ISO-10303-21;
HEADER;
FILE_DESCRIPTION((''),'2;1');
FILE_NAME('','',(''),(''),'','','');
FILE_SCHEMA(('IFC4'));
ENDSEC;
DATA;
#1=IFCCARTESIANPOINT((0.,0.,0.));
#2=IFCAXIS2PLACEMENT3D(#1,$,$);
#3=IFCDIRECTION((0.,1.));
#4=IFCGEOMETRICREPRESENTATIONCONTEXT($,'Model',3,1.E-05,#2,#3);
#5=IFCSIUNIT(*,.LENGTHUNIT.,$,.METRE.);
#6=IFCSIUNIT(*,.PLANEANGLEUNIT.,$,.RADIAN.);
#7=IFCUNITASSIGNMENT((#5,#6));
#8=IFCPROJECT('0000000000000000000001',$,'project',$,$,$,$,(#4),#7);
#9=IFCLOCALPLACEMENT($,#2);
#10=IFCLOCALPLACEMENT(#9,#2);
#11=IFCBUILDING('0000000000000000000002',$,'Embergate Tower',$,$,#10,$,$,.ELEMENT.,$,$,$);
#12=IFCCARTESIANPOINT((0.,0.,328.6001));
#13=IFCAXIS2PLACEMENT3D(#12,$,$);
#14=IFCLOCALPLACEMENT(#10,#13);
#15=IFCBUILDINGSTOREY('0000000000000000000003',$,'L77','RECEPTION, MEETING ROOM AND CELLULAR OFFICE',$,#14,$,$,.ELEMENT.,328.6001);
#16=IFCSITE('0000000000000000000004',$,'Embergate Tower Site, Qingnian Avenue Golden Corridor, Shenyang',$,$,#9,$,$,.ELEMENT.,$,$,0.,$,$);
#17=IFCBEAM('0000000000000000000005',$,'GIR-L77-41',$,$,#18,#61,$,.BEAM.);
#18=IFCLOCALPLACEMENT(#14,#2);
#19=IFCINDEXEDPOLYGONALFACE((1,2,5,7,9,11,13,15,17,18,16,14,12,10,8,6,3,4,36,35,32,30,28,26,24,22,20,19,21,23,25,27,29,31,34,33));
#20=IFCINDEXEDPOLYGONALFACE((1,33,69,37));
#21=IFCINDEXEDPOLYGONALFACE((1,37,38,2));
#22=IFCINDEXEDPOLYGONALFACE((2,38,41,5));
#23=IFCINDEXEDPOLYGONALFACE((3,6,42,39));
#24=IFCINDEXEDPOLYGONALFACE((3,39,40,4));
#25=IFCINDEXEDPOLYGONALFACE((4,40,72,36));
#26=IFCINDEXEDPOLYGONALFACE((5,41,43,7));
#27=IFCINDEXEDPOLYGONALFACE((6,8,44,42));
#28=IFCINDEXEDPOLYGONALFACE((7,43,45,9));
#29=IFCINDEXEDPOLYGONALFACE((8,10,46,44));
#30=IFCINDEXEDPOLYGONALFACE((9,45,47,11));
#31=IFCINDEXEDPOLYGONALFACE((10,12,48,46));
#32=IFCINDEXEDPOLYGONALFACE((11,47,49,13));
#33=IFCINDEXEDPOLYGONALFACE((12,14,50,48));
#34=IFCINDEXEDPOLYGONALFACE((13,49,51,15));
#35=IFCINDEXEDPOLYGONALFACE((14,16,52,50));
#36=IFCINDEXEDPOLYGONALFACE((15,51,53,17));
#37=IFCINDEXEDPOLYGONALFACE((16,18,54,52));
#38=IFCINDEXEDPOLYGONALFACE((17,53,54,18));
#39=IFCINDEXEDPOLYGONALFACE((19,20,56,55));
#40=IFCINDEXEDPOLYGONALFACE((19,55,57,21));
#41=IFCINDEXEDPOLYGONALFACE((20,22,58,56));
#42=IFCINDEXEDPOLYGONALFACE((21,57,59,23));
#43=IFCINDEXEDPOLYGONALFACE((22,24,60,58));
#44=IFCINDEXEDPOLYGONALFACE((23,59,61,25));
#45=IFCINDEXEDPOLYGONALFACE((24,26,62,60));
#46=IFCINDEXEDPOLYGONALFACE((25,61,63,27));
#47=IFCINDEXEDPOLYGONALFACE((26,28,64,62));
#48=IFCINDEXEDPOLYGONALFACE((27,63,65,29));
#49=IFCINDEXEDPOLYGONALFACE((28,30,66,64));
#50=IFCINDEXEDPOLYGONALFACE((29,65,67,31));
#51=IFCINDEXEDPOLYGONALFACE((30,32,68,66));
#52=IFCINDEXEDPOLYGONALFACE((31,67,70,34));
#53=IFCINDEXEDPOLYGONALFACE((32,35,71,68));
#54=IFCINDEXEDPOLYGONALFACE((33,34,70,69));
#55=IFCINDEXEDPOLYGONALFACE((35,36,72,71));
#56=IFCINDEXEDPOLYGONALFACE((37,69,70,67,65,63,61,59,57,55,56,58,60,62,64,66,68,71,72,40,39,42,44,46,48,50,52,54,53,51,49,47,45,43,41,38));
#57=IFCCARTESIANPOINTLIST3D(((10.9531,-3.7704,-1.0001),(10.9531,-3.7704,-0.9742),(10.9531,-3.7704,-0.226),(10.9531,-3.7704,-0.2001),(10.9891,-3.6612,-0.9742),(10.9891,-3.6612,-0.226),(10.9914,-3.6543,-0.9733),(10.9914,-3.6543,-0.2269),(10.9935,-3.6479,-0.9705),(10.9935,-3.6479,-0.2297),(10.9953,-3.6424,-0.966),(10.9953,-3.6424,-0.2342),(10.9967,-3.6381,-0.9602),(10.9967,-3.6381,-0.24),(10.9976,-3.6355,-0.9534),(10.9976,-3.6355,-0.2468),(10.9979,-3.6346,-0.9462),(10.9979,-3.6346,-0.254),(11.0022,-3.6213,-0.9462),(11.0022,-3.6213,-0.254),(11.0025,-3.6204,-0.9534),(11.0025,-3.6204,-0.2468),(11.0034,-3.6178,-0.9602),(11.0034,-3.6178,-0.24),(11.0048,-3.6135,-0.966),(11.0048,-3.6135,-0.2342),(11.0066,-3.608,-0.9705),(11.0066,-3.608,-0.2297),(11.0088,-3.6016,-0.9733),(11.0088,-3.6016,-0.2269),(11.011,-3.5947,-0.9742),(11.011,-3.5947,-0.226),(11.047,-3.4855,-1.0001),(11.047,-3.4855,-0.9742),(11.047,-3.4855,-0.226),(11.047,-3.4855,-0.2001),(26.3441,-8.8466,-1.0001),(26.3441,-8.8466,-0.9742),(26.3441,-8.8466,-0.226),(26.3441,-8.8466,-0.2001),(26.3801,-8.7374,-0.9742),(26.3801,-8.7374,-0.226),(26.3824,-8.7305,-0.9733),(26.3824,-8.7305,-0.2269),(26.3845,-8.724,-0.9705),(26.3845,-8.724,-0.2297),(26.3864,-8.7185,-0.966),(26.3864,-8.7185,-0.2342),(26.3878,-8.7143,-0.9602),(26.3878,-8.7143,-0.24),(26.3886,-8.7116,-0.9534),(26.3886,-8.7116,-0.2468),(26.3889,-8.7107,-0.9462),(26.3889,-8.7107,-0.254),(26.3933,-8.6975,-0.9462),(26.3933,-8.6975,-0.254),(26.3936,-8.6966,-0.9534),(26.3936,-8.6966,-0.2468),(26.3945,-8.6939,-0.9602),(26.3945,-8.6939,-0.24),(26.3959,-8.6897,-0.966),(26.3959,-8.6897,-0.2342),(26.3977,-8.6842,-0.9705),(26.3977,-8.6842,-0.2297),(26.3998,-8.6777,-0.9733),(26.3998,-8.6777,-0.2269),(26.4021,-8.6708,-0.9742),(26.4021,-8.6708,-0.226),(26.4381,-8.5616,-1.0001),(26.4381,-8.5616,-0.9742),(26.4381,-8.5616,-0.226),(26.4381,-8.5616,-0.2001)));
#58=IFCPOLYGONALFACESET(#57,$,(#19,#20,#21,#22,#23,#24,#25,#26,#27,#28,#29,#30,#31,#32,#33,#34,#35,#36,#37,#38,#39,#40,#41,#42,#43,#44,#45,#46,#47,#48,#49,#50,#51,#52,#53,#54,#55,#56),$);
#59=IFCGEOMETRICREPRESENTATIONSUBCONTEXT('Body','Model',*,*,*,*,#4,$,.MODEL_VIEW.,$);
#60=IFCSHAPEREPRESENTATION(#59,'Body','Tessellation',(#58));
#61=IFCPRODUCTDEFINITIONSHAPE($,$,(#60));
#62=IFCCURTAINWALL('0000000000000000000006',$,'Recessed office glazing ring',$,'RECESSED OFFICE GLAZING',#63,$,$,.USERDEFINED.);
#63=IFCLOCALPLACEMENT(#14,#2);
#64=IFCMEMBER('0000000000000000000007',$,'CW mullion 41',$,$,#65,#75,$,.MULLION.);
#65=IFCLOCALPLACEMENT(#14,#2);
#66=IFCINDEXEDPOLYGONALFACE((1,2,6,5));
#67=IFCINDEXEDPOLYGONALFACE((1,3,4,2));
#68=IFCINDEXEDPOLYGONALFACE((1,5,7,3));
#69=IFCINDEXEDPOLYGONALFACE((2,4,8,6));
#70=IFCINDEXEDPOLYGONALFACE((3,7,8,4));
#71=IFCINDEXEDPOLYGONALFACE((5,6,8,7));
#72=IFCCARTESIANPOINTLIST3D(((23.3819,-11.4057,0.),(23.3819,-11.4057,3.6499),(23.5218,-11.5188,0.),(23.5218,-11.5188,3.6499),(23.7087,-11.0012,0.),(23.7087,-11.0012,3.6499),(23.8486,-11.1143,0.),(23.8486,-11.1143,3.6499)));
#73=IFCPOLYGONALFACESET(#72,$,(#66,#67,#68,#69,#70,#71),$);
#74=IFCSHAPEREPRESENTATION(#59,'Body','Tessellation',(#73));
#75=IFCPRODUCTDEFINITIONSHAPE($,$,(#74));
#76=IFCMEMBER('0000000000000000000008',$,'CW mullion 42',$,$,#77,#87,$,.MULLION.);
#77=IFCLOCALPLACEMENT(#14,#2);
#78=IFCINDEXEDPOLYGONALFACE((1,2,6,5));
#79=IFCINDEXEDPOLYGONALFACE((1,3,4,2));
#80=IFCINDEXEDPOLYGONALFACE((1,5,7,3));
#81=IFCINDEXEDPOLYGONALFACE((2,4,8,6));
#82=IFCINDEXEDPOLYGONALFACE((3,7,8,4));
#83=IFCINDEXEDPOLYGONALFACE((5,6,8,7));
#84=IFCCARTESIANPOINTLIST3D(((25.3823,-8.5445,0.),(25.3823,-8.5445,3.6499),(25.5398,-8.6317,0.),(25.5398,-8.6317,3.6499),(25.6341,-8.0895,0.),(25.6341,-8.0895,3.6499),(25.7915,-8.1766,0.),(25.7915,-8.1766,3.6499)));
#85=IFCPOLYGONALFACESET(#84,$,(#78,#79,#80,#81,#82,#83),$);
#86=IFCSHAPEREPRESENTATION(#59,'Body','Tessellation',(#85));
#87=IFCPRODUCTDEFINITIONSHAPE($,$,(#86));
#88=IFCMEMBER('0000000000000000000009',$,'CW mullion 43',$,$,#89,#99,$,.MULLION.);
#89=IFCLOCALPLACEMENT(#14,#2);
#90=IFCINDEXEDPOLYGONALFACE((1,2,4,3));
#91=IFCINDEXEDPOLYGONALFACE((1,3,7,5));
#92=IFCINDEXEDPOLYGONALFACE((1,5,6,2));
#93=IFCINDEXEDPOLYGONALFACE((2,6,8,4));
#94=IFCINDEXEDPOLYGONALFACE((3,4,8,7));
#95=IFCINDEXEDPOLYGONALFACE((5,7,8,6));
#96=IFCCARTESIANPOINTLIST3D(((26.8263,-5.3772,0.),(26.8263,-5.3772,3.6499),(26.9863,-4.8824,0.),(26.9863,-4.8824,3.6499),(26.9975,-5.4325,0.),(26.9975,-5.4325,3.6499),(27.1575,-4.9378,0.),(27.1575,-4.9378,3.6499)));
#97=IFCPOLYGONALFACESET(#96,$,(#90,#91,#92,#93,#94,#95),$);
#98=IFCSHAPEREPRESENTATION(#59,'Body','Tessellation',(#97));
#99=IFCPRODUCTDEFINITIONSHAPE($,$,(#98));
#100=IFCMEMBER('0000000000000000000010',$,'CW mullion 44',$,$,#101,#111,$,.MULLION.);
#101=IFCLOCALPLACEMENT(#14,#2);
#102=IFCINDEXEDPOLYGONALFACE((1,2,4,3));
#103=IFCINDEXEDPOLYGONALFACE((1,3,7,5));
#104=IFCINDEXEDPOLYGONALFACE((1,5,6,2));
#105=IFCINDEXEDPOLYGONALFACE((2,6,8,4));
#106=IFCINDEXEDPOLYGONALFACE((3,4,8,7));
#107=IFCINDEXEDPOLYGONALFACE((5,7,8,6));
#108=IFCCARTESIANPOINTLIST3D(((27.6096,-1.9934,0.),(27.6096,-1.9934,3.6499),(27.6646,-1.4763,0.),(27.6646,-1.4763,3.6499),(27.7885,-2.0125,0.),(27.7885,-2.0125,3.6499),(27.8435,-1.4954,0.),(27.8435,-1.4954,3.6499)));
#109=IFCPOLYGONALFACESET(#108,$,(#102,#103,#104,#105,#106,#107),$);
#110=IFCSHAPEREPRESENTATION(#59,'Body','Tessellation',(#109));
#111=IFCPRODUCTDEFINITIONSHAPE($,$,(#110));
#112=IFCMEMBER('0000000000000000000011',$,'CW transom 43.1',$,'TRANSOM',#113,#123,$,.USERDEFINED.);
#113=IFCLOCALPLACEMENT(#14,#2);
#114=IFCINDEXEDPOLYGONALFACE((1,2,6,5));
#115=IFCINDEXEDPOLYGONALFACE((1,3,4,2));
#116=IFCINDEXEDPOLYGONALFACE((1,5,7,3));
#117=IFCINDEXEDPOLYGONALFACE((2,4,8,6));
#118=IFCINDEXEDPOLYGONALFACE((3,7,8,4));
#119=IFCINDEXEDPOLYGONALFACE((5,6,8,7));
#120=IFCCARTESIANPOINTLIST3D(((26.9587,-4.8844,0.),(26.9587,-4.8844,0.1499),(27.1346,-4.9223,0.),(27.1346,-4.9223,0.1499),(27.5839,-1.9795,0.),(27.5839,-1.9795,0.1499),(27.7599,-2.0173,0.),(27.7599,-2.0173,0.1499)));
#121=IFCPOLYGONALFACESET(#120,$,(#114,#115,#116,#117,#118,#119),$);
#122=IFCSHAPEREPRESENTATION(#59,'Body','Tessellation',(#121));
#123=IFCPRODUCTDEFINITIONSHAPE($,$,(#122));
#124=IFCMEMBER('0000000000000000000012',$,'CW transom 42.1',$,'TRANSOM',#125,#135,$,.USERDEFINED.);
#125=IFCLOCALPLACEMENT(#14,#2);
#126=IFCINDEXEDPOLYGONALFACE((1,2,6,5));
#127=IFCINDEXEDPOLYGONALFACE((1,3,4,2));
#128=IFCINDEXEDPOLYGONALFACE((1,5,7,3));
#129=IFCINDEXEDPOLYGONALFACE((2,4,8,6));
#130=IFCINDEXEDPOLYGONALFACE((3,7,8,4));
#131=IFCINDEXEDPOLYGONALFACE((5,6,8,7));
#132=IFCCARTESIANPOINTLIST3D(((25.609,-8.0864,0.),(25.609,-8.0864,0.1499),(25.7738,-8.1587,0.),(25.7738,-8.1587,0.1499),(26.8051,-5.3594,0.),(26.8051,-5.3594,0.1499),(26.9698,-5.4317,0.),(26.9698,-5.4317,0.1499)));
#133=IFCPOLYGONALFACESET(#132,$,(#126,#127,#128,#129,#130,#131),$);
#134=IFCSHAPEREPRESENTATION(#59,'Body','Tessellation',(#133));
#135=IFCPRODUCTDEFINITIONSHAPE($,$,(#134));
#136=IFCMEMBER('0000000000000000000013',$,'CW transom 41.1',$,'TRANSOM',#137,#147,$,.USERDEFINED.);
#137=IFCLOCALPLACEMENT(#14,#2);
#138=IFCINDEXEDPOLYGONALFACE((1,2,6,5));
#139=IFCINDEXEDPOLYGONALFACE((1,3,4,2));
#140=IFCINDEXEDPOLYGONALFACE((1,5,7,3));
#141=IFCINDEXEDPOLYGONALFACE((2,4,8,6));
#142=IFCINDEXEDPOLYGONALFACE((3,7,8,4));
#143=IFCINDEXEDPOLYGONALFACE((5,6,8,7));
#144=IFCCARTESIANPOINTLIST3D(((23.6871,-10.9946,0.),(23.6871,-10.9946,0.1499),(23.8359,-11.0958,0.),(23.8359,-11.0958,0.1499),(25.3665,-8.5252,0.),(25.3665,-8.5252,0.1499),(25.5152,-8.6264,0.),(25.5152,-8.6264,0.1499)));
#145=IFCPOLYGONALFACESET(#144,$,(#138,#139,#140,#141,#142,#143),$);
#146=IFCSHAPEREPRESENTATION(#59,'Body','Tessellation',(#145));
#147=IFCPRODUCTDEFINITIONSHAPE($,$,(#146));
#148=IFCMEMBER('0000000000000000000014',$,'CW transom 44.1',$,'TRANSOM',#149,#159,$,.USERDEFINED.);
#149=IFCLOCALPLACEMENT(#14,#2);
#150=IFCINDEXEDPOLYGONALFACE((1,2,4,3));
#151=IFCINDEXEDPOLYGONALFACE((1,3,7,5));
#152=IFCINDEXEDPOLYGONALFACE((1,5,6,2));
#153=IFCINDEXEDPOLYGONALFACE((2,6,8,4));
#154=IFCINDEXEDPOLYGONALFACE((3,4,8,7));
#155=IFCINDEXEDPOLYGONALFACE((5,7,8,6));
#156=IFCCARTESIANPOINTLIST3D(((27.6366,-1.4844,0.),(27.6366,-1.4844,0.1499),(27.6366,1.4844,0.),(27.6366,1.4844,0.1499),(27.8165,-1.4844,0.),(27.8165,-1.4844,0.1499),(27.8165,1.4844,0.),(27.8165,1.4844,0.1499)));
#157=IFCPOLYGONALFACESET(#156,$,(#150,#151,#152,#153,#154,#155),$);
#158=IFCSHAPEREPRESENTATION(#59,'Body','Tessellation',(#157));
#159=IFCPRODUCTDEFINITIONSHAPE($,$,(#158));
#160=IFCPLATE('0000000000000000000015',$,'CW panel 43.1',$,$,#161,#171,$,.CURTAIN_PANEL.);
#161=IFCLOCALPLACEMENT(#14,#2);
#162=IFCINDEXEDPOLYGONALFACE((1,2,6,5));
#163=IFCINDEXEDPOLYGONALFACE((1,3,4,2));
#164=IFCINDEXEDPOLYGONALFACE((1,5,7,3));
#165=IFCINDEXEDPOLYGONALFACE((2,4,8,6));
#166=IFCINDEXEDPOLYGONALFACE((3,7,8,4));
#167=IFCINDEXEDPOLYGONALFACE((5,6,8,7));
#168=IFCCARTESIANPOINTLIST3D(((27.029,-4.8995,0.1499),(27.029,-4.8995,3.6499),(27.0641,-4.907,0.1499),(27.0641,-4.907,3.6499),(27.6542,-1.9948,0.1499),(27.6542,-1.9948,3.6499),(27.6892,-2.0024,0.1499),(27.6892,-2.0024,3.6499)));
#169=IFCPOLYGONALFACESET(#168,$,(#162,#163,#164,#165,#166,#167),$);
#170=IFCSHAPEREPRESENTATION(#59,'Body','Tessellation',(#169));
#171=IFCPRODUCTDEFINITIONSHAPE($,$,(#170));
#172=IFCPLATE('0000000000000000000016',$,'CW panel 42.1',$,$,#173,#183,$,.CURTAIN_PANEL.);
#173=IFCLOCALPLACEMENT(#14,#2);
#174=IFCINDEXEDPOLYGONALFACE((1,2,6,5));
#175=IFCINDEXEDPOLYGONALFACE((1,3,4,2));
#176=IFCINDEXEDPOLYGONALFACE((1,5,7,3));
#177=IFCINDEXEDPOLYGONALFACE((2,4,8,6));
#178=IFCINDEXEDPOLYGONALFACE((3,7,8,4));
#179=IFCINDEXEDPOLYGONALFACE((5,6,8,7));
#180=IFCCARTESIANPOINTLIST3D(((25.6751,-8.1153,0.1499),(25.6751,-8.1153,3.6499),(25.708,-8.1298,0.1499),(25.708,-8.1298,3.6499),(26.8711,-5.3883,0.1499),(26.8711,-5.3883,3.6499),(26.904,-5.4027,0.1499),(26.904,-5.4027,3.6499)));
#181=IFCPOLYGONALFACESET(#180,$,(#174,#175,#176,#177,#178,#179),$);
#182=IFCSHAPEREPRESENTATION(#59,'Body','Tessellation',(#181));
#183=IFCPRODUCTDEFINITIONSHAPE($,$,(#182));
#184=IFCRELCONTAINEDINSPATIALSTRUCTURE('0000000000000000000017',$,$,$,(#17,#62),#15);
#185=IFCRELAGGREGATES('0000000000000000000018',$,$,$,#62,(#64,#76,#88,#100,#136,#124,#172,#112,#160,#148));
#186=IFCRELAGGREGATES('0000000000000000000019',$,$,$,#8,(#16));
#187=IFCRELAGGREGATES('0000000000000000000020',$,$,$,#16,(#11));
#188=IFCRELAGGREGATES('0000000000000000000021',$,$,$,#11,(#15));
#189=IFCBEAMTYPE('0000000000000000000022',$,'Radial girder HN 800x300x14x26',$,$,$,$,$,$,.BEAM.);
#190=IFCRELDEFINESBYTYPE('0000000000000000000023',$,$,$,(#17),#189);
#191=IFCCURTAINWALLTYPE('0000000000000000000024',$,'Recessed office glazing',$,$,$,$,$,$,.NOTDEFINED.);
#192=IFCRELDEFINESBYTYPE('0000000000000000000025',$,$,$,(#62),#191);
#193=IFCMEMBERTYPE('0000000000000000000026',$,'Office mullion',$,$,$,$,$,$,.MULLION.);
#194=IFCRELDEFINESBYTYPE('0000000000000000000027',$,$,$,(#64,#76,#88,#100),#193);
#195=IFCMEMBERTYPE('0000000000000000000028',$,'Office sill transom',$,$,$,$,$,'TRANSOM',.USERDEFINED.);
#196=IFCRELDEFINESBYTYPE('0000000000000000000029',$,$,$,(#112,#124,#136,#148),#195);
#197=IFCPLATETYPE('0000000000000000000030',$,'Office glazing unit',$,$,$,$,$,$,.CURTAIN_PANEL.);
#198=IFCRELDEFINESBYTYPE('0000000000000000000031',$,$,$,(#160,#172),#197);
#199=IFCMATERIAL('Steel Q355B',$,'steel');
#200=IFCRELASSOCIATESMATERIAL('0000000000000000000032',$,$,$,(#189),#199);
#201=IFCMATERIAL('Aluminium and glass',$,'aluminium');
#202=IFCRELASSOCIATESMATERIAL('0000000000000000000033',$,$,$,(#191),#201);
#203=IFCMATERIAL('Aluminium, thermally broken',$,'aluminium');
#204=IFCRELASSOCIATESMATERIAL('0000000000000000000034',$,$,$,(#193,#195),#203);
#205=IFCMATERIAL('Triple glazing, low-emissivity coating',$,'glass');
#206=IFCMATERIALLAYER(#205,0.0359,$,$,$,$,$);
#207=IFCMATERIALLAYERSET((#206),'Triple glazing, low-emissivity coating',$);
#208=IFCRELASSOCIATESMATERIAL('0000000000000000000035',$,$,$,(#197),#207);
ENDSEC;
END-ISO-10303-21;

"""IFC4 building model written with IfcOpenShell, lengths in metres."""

from ifc_helpers import new_model, si_unit, direction, frame, origin, origin_2d, place, context, subcontext, project, spatial, rectangle, i_section, extrude, source, transform, mapped, material, layer, layer_set, material_profile, profile_set, type_object, element, aggregate, save


model = new_model("IFC4")

# Units and contexts
model_context = context("Model", 3, precision=1e-05, world=origin(), true_north=direction((0.0, 1.0)))
body_context = subcontext(model_context, "Body", "Model", "MODEL_VIEW")
ifc_project = project(units=[si_unit("LENGTHUNIT", "METRE"), si_unit("PLANEANGLEUNIT", "RADIAN")], contexts=[model_context])

# Site, building, storey
site_placement = place(None, origin())
site = spatial("IfcSite", under=ifc_project, at=site_placement, Name="Embergate Tower Site, Qingnian Avenue Golden Corridor, Shenyang", CompositionType="ELEMENT", RefElevation=0.0)
building_placement = place(site_placement, origin())
building = spatial("IfcBuilding", under=site, at=building_placement, Name="Embergate Tower", CompositionType="ELEMENT")
storey_placement = place(building_placement, frame((0.0, 0.0, 328.6001)))
storey = spatial("IfcBuildingStorey", under=building, at=storey_placement, Name="L77", Description="RECEPTION, MEETING ROOM AND CELLULAR OFFICE", CompositionType="ELEMENT", Elevation=328.6001)

# Beam
ifc_material_1 = material(Name="Steel Q355B", Category="steel")
ifc_material_profile_1 = material_profile(ifc_material_1, i_section(OverallWidth=0.3, OverallDepth=0.8, WebThickness=0.0139, FlangeThickness=0.0259, FilletRadius=0.0281, at=origin_2d()), Name="HN 800x300x14x26")
ifc_profile_set_1 = profile_set([ifc_material_profile_1], Name="Steel Q355 grade B")
beam_type_1 = type_object("IfcBeamType", Name="Radial girder HN 800x300x14x26", PredefinedType="BEAM", material=ifc_profile_set_1)
shared_shape_1 = source(origin(), body_context, "Body", "SweptSolid", [
    extrude(i_section(OverallWidth=0.3, OverallDepth=0.8, WebThickness=0.0139, FlangeThickness=0.0259, FilletRadius=0.0281, at=origin_2d()), origin(), (0.0, 0.0, 1.0), 16.2065),
])
beam_1_placement = place(storey_placement, frame((26.3911, -8.7041, -0.6001), z_axis=(-0.949682, 0.313216, 0.0), x_axis=(-0.313216, -0.949682, 0.0)))
element("IfcBeam", 1, at=beam_1_placement, inside=storey, type_object=beam_type_1, Name="GIR-L77-41", PredefinedType="BEAM", context=body_context, shape_type="MappedRepresentation", body=[
    mapped(shared_shape_1, transform((0.0, 0.0, 0.0))),
])

# Curtain wall, members, plates
ifc_material_2 = material(Name="Aluminium and glass", Category="aluminium")
curtain_wall_type = type_object("IfcCurtainWallType", Name="Recessed office glazing", PredefinedType="NOTDEFINED", material=ifc_material_2)
curtain_wall_placement = place(storey_placement, origin())
curtain_wall = element("IfcCurtainWall", 2, at=curtain_wall_placement, inside=storey, type_object=curtain_wall_type, Name="Recessed office glazing ring", ObjectType="RECESSED OFFICE GLAZING", PredefinedType="USERDEFINED")
ifc_material_3 = material(Name="Aluminium, thermally broken", Category="aluminium")
ifc_material_profile_2 = material_profile(ifc_material_3, rectangle(XDim=0.1799, YDim=0.52, at=origin_2d()), Name="AL 520x180")
ifc_profile_set_2 = profile_set([ifc_material_profile_2], Name="Aluminium, thermally broken")
member_type_1 = type_object("IfcMemberType", Name="Office mullion", PredefinedType="MULLION", material=ifc_profile_set_2)
shared_shape_2 = source(origin(), body_context, "Body", "SweptSolid", [
    extrude(rectangle(XDim=0.1799, YDim=0.52, at=origin_2d()), origin(), (0.0, 0.0, 1.0), 3.6499),
])
member_1_placement = place(storey_placement, frame((23.6152, -11.26, 0.0), z_axis=(0.0, 0.0, 1.0), x_axis=(-0.777856, 0.628442, 0.0)))
member_1 = element("IfcMember", 3, at=member_1_placement, type_object=member_type_1, Name="CW mullion 41", PredefinedType="MULLION", context=body_context, shape_type="MappedRepresentation", body=[
    mapped(shared_shape_2, transform((0.0, 0.0, 0.0))),
])
member_2_placement = place(storey_placement, frame((25.5869, -8.3606, 0.0), z_axis=(0.0, 0.0, 1.0), x_axis=(-0.874988, 0.484145, 0.0)))
member_2 = element("IfcMember", 4, at=member_2_placement, type_object=member_type_1, Name="CW mullion 42", PredefinedType="MULLION", context=body_context, shape_type="MappedRepresentation", body=[
    mapped(shared_shape_2, transform((0.0, 0.0, 0.0))),
])
member_3_placement = place(storey_placement, frame((26.9919, -5.1575, 0.0), z_axis=(0.0, 0.0, 1.0), x_axis=(-0.95149, 0.30768, 0.0)))
member_3 = element("IfcMember", 5, at=member_3_placement, type_object=member_type_1, Name="CW mullion 43", PredefinedType="MULLION", context=body_context, shape_type="MappedRepresentation", body=[
    mapped(shared_shape_2, transform((0.0, 0.0, 0.0))),
])
member_4_placement = place(storey_placement, frame((27.7266, -1.7444, 0.0), z_axis=(0.0, 0.0, 1.0), x_axis=(-0.994384, 0.105834, 0.0)))
member_4 = element("IfcMember", 6, at=member_4_placement, type_object=member_type_1, Name="CW mullion 44", PredefinedType="MULLION", context=body_context, shape_type="MappedRepresentation", body=[
    mapped(shared_shape_2, transform((0.0, 0.0, 0.0))),
])
ifc_material_profile_3 = material_profile(ifc_material_3, rectangle(XDim=0.1799, YDim=0.1499, at=origin_2d()), Name="AL 150x180")
ifc_profile_set_3 = profile_set([ifc_material_profile_3], Name="Aluminium, thermally broken")
member_type_2 = type_object("IfcMemberType", Name="Office sill transom", ElementType="TRANSOM", PredefinedType="USERDEFINED", material=ifc_profile_set_3)
shared_shape_3 = source(origin(), body_context, "Body", "SweptSolid", [
    extrude(rectangle(XDim=0.1799, YDim=0.1499, at=origin_2d()), origin(), (0.0, 0.0, 1.0), 2.9714),
])
member_5_placement = place(storey_placement, frame((27.0466, -4.9033, 0.075), z_axis=(0.210427, 0.97761, 0.0), x_axis=(-0.97761, 0.210427, 0.0)))
member_5 = element("IfcMember", 7, at=member_5_placement, type_object=member_type_2, Name="CW transom 43.1", ObjectType="TRANSOM", PredefinedType="USERDEFINED", context=body_context, shape_type="MappedRepresentation", body=[
    mapped(shared_shape_3, transform((0.0, 0.0, 0.0))),
])
shared_shape_4 = source(origin(), body_context, "Body", "SweptSolid", [
    extrude(rectangle(XDim=0.1799, YDim=0.1499, at=origin_2d()), origin(), (0.0, 0.0, 1.0), 2.9778),
])
member_6_placement = place(storey_placement, frame((25.6914, -8.1226, 0.075), z_axis=(0.401653, 0.915792, 0.0), x_axis=(-0.915792, 0.401653, 0.0)))
member_6 = element("IfcMember", 8, at=member_6_placement, type_object=member_type_2, Name="CW transom 42.1", ObjectType="TRANSOM", PredefinedType="USERDEFINED", context=body_context, shape_type="MappedRepresentation", body=[
    mapped(shared_shape_4, transform((0.0, 0.0, 0.0))),
])
shared_shape_5 = source(origin(), body_context, "Body", "SweptSolid", [
    extrude(rectangle(XDim=0.1799, YDim=0.1499, at=origin_2d()), origin(), (0.0, 0.0, 1.0), 2.9863),
])
member_7_placement = place(storey_placement, frame((23.7615, -11.0452, 0.075), z_axis=(0.562355, 0.826896, 0.0), x_axis=(-0.826896, 0.562355, 0.0)))
member_7 = element("IfcMember", 9, at=member_7_placement, type_object=member_type_2, Name="CW transom 41.1", ObjectType="TRANSOM", PredefinedType="USERDEFINED", context=body_context, shape_type="MappedRepresentation", body=[
    mapped(shared_shape_5, transform((0.0, 0.0, 0.0))),
])
shared_shape_6 = source(origin(), body_context, "Body", "SweptSolid", [
    extrude(rectangle(XDim=0.1799, YDim=0.1499, at=origin_2d()), origin(), (0.0, 0.0, 1.0), 2.9688),
])
member_8_placement = place(storey_placement, frame((27.7266, -1.4844, 0.075), z_axis=(0.0, 1.0, 0.0), x_axis=(-1.0, 0.0, 0.0)))
member_8 = element("IfcMember", 10, at=member_8_placement, type_object=member_type_2, Name="CW transom 44.1", ObjectType="TRANSOM", PredefinedType="USERDEFINED", context=body_context, shape_type="MappedRepresentation", body=[
    mapped(shared_shape_6, transform((0.0, 0.0, 0.0))),
])
ifc_material_4 = material(Name="Triple glazing, low-emissivity coating", Category="glass")
ifc_layer_1 = layer(ifc_material_4, 0.0359)
ifc_layer_set_1 = layer_set([ifc_layer_1], Name="Triple glazing, low-emissivity coating")
plate_type = type_object("IfcPlateType", Name="Office glazing unit", PredefinedType="CURTAIN_PANEL", material=ifc_layer_set_1)
shared_shape_7 = source(origin(), body_context, "Body", "SweptSolid", [
    extrude(rectangle(XDim=2.9712, YDim=0.0359, at=origin_2d()), origin(), (0.0, 0.0, 1.0), 3.5),
])
plate_1_placement = place(storey_placement, frame((27.3591, -3.4509, 0.1499), z_axis=(0.0, 0.0, 1.0), x_axis=(0.210402, 0.977615, 0.0)))
plate_1 = element("IfcPlate", 11, at=plate_1_placement, type_object=plate_type, Name="CW panel 43.1", PredefinedType="CURTAIN_PANEL", context=body_context, shape_type="MappedRepresentation", body=[
    mapped(shared_shape_7, transform((0.0, 0.0, 0.0))),
])
shared_shape_8 = source(origin(), body_context, "Body", "SweptSolid", [
    extrude(rectangle(XDim=2.9778, YDim=0.0359, at=origin_2d()), origin(), (0.0, 0.0, 1.0), 3.5),
])
plate_2_placement = place(storey_placement, frame((26.2896, -6.759, 0.1499), z_axis=(0.0, 0.0, 1.0), x_axis=(0.401658, 0.91579, 0.0)))
plate_2 = element("IfcPlate", 12, at=plate_2_placement, type_object=plate_type, Name="CW panel 42.1", PredefinedType="CURTAIN_PANEL", context=body_context, shape_type="MappedRepresentation", body=[
    mapped(shared_shape_8, transform((0.0, 0.0, 0.0))),
])
aggregate(curtain_wall, [member_1, member_2, member_3, member_4, member_7, member_6, plate_2, member_5, plate_1, member_8])

save(model, "model.ifc")
